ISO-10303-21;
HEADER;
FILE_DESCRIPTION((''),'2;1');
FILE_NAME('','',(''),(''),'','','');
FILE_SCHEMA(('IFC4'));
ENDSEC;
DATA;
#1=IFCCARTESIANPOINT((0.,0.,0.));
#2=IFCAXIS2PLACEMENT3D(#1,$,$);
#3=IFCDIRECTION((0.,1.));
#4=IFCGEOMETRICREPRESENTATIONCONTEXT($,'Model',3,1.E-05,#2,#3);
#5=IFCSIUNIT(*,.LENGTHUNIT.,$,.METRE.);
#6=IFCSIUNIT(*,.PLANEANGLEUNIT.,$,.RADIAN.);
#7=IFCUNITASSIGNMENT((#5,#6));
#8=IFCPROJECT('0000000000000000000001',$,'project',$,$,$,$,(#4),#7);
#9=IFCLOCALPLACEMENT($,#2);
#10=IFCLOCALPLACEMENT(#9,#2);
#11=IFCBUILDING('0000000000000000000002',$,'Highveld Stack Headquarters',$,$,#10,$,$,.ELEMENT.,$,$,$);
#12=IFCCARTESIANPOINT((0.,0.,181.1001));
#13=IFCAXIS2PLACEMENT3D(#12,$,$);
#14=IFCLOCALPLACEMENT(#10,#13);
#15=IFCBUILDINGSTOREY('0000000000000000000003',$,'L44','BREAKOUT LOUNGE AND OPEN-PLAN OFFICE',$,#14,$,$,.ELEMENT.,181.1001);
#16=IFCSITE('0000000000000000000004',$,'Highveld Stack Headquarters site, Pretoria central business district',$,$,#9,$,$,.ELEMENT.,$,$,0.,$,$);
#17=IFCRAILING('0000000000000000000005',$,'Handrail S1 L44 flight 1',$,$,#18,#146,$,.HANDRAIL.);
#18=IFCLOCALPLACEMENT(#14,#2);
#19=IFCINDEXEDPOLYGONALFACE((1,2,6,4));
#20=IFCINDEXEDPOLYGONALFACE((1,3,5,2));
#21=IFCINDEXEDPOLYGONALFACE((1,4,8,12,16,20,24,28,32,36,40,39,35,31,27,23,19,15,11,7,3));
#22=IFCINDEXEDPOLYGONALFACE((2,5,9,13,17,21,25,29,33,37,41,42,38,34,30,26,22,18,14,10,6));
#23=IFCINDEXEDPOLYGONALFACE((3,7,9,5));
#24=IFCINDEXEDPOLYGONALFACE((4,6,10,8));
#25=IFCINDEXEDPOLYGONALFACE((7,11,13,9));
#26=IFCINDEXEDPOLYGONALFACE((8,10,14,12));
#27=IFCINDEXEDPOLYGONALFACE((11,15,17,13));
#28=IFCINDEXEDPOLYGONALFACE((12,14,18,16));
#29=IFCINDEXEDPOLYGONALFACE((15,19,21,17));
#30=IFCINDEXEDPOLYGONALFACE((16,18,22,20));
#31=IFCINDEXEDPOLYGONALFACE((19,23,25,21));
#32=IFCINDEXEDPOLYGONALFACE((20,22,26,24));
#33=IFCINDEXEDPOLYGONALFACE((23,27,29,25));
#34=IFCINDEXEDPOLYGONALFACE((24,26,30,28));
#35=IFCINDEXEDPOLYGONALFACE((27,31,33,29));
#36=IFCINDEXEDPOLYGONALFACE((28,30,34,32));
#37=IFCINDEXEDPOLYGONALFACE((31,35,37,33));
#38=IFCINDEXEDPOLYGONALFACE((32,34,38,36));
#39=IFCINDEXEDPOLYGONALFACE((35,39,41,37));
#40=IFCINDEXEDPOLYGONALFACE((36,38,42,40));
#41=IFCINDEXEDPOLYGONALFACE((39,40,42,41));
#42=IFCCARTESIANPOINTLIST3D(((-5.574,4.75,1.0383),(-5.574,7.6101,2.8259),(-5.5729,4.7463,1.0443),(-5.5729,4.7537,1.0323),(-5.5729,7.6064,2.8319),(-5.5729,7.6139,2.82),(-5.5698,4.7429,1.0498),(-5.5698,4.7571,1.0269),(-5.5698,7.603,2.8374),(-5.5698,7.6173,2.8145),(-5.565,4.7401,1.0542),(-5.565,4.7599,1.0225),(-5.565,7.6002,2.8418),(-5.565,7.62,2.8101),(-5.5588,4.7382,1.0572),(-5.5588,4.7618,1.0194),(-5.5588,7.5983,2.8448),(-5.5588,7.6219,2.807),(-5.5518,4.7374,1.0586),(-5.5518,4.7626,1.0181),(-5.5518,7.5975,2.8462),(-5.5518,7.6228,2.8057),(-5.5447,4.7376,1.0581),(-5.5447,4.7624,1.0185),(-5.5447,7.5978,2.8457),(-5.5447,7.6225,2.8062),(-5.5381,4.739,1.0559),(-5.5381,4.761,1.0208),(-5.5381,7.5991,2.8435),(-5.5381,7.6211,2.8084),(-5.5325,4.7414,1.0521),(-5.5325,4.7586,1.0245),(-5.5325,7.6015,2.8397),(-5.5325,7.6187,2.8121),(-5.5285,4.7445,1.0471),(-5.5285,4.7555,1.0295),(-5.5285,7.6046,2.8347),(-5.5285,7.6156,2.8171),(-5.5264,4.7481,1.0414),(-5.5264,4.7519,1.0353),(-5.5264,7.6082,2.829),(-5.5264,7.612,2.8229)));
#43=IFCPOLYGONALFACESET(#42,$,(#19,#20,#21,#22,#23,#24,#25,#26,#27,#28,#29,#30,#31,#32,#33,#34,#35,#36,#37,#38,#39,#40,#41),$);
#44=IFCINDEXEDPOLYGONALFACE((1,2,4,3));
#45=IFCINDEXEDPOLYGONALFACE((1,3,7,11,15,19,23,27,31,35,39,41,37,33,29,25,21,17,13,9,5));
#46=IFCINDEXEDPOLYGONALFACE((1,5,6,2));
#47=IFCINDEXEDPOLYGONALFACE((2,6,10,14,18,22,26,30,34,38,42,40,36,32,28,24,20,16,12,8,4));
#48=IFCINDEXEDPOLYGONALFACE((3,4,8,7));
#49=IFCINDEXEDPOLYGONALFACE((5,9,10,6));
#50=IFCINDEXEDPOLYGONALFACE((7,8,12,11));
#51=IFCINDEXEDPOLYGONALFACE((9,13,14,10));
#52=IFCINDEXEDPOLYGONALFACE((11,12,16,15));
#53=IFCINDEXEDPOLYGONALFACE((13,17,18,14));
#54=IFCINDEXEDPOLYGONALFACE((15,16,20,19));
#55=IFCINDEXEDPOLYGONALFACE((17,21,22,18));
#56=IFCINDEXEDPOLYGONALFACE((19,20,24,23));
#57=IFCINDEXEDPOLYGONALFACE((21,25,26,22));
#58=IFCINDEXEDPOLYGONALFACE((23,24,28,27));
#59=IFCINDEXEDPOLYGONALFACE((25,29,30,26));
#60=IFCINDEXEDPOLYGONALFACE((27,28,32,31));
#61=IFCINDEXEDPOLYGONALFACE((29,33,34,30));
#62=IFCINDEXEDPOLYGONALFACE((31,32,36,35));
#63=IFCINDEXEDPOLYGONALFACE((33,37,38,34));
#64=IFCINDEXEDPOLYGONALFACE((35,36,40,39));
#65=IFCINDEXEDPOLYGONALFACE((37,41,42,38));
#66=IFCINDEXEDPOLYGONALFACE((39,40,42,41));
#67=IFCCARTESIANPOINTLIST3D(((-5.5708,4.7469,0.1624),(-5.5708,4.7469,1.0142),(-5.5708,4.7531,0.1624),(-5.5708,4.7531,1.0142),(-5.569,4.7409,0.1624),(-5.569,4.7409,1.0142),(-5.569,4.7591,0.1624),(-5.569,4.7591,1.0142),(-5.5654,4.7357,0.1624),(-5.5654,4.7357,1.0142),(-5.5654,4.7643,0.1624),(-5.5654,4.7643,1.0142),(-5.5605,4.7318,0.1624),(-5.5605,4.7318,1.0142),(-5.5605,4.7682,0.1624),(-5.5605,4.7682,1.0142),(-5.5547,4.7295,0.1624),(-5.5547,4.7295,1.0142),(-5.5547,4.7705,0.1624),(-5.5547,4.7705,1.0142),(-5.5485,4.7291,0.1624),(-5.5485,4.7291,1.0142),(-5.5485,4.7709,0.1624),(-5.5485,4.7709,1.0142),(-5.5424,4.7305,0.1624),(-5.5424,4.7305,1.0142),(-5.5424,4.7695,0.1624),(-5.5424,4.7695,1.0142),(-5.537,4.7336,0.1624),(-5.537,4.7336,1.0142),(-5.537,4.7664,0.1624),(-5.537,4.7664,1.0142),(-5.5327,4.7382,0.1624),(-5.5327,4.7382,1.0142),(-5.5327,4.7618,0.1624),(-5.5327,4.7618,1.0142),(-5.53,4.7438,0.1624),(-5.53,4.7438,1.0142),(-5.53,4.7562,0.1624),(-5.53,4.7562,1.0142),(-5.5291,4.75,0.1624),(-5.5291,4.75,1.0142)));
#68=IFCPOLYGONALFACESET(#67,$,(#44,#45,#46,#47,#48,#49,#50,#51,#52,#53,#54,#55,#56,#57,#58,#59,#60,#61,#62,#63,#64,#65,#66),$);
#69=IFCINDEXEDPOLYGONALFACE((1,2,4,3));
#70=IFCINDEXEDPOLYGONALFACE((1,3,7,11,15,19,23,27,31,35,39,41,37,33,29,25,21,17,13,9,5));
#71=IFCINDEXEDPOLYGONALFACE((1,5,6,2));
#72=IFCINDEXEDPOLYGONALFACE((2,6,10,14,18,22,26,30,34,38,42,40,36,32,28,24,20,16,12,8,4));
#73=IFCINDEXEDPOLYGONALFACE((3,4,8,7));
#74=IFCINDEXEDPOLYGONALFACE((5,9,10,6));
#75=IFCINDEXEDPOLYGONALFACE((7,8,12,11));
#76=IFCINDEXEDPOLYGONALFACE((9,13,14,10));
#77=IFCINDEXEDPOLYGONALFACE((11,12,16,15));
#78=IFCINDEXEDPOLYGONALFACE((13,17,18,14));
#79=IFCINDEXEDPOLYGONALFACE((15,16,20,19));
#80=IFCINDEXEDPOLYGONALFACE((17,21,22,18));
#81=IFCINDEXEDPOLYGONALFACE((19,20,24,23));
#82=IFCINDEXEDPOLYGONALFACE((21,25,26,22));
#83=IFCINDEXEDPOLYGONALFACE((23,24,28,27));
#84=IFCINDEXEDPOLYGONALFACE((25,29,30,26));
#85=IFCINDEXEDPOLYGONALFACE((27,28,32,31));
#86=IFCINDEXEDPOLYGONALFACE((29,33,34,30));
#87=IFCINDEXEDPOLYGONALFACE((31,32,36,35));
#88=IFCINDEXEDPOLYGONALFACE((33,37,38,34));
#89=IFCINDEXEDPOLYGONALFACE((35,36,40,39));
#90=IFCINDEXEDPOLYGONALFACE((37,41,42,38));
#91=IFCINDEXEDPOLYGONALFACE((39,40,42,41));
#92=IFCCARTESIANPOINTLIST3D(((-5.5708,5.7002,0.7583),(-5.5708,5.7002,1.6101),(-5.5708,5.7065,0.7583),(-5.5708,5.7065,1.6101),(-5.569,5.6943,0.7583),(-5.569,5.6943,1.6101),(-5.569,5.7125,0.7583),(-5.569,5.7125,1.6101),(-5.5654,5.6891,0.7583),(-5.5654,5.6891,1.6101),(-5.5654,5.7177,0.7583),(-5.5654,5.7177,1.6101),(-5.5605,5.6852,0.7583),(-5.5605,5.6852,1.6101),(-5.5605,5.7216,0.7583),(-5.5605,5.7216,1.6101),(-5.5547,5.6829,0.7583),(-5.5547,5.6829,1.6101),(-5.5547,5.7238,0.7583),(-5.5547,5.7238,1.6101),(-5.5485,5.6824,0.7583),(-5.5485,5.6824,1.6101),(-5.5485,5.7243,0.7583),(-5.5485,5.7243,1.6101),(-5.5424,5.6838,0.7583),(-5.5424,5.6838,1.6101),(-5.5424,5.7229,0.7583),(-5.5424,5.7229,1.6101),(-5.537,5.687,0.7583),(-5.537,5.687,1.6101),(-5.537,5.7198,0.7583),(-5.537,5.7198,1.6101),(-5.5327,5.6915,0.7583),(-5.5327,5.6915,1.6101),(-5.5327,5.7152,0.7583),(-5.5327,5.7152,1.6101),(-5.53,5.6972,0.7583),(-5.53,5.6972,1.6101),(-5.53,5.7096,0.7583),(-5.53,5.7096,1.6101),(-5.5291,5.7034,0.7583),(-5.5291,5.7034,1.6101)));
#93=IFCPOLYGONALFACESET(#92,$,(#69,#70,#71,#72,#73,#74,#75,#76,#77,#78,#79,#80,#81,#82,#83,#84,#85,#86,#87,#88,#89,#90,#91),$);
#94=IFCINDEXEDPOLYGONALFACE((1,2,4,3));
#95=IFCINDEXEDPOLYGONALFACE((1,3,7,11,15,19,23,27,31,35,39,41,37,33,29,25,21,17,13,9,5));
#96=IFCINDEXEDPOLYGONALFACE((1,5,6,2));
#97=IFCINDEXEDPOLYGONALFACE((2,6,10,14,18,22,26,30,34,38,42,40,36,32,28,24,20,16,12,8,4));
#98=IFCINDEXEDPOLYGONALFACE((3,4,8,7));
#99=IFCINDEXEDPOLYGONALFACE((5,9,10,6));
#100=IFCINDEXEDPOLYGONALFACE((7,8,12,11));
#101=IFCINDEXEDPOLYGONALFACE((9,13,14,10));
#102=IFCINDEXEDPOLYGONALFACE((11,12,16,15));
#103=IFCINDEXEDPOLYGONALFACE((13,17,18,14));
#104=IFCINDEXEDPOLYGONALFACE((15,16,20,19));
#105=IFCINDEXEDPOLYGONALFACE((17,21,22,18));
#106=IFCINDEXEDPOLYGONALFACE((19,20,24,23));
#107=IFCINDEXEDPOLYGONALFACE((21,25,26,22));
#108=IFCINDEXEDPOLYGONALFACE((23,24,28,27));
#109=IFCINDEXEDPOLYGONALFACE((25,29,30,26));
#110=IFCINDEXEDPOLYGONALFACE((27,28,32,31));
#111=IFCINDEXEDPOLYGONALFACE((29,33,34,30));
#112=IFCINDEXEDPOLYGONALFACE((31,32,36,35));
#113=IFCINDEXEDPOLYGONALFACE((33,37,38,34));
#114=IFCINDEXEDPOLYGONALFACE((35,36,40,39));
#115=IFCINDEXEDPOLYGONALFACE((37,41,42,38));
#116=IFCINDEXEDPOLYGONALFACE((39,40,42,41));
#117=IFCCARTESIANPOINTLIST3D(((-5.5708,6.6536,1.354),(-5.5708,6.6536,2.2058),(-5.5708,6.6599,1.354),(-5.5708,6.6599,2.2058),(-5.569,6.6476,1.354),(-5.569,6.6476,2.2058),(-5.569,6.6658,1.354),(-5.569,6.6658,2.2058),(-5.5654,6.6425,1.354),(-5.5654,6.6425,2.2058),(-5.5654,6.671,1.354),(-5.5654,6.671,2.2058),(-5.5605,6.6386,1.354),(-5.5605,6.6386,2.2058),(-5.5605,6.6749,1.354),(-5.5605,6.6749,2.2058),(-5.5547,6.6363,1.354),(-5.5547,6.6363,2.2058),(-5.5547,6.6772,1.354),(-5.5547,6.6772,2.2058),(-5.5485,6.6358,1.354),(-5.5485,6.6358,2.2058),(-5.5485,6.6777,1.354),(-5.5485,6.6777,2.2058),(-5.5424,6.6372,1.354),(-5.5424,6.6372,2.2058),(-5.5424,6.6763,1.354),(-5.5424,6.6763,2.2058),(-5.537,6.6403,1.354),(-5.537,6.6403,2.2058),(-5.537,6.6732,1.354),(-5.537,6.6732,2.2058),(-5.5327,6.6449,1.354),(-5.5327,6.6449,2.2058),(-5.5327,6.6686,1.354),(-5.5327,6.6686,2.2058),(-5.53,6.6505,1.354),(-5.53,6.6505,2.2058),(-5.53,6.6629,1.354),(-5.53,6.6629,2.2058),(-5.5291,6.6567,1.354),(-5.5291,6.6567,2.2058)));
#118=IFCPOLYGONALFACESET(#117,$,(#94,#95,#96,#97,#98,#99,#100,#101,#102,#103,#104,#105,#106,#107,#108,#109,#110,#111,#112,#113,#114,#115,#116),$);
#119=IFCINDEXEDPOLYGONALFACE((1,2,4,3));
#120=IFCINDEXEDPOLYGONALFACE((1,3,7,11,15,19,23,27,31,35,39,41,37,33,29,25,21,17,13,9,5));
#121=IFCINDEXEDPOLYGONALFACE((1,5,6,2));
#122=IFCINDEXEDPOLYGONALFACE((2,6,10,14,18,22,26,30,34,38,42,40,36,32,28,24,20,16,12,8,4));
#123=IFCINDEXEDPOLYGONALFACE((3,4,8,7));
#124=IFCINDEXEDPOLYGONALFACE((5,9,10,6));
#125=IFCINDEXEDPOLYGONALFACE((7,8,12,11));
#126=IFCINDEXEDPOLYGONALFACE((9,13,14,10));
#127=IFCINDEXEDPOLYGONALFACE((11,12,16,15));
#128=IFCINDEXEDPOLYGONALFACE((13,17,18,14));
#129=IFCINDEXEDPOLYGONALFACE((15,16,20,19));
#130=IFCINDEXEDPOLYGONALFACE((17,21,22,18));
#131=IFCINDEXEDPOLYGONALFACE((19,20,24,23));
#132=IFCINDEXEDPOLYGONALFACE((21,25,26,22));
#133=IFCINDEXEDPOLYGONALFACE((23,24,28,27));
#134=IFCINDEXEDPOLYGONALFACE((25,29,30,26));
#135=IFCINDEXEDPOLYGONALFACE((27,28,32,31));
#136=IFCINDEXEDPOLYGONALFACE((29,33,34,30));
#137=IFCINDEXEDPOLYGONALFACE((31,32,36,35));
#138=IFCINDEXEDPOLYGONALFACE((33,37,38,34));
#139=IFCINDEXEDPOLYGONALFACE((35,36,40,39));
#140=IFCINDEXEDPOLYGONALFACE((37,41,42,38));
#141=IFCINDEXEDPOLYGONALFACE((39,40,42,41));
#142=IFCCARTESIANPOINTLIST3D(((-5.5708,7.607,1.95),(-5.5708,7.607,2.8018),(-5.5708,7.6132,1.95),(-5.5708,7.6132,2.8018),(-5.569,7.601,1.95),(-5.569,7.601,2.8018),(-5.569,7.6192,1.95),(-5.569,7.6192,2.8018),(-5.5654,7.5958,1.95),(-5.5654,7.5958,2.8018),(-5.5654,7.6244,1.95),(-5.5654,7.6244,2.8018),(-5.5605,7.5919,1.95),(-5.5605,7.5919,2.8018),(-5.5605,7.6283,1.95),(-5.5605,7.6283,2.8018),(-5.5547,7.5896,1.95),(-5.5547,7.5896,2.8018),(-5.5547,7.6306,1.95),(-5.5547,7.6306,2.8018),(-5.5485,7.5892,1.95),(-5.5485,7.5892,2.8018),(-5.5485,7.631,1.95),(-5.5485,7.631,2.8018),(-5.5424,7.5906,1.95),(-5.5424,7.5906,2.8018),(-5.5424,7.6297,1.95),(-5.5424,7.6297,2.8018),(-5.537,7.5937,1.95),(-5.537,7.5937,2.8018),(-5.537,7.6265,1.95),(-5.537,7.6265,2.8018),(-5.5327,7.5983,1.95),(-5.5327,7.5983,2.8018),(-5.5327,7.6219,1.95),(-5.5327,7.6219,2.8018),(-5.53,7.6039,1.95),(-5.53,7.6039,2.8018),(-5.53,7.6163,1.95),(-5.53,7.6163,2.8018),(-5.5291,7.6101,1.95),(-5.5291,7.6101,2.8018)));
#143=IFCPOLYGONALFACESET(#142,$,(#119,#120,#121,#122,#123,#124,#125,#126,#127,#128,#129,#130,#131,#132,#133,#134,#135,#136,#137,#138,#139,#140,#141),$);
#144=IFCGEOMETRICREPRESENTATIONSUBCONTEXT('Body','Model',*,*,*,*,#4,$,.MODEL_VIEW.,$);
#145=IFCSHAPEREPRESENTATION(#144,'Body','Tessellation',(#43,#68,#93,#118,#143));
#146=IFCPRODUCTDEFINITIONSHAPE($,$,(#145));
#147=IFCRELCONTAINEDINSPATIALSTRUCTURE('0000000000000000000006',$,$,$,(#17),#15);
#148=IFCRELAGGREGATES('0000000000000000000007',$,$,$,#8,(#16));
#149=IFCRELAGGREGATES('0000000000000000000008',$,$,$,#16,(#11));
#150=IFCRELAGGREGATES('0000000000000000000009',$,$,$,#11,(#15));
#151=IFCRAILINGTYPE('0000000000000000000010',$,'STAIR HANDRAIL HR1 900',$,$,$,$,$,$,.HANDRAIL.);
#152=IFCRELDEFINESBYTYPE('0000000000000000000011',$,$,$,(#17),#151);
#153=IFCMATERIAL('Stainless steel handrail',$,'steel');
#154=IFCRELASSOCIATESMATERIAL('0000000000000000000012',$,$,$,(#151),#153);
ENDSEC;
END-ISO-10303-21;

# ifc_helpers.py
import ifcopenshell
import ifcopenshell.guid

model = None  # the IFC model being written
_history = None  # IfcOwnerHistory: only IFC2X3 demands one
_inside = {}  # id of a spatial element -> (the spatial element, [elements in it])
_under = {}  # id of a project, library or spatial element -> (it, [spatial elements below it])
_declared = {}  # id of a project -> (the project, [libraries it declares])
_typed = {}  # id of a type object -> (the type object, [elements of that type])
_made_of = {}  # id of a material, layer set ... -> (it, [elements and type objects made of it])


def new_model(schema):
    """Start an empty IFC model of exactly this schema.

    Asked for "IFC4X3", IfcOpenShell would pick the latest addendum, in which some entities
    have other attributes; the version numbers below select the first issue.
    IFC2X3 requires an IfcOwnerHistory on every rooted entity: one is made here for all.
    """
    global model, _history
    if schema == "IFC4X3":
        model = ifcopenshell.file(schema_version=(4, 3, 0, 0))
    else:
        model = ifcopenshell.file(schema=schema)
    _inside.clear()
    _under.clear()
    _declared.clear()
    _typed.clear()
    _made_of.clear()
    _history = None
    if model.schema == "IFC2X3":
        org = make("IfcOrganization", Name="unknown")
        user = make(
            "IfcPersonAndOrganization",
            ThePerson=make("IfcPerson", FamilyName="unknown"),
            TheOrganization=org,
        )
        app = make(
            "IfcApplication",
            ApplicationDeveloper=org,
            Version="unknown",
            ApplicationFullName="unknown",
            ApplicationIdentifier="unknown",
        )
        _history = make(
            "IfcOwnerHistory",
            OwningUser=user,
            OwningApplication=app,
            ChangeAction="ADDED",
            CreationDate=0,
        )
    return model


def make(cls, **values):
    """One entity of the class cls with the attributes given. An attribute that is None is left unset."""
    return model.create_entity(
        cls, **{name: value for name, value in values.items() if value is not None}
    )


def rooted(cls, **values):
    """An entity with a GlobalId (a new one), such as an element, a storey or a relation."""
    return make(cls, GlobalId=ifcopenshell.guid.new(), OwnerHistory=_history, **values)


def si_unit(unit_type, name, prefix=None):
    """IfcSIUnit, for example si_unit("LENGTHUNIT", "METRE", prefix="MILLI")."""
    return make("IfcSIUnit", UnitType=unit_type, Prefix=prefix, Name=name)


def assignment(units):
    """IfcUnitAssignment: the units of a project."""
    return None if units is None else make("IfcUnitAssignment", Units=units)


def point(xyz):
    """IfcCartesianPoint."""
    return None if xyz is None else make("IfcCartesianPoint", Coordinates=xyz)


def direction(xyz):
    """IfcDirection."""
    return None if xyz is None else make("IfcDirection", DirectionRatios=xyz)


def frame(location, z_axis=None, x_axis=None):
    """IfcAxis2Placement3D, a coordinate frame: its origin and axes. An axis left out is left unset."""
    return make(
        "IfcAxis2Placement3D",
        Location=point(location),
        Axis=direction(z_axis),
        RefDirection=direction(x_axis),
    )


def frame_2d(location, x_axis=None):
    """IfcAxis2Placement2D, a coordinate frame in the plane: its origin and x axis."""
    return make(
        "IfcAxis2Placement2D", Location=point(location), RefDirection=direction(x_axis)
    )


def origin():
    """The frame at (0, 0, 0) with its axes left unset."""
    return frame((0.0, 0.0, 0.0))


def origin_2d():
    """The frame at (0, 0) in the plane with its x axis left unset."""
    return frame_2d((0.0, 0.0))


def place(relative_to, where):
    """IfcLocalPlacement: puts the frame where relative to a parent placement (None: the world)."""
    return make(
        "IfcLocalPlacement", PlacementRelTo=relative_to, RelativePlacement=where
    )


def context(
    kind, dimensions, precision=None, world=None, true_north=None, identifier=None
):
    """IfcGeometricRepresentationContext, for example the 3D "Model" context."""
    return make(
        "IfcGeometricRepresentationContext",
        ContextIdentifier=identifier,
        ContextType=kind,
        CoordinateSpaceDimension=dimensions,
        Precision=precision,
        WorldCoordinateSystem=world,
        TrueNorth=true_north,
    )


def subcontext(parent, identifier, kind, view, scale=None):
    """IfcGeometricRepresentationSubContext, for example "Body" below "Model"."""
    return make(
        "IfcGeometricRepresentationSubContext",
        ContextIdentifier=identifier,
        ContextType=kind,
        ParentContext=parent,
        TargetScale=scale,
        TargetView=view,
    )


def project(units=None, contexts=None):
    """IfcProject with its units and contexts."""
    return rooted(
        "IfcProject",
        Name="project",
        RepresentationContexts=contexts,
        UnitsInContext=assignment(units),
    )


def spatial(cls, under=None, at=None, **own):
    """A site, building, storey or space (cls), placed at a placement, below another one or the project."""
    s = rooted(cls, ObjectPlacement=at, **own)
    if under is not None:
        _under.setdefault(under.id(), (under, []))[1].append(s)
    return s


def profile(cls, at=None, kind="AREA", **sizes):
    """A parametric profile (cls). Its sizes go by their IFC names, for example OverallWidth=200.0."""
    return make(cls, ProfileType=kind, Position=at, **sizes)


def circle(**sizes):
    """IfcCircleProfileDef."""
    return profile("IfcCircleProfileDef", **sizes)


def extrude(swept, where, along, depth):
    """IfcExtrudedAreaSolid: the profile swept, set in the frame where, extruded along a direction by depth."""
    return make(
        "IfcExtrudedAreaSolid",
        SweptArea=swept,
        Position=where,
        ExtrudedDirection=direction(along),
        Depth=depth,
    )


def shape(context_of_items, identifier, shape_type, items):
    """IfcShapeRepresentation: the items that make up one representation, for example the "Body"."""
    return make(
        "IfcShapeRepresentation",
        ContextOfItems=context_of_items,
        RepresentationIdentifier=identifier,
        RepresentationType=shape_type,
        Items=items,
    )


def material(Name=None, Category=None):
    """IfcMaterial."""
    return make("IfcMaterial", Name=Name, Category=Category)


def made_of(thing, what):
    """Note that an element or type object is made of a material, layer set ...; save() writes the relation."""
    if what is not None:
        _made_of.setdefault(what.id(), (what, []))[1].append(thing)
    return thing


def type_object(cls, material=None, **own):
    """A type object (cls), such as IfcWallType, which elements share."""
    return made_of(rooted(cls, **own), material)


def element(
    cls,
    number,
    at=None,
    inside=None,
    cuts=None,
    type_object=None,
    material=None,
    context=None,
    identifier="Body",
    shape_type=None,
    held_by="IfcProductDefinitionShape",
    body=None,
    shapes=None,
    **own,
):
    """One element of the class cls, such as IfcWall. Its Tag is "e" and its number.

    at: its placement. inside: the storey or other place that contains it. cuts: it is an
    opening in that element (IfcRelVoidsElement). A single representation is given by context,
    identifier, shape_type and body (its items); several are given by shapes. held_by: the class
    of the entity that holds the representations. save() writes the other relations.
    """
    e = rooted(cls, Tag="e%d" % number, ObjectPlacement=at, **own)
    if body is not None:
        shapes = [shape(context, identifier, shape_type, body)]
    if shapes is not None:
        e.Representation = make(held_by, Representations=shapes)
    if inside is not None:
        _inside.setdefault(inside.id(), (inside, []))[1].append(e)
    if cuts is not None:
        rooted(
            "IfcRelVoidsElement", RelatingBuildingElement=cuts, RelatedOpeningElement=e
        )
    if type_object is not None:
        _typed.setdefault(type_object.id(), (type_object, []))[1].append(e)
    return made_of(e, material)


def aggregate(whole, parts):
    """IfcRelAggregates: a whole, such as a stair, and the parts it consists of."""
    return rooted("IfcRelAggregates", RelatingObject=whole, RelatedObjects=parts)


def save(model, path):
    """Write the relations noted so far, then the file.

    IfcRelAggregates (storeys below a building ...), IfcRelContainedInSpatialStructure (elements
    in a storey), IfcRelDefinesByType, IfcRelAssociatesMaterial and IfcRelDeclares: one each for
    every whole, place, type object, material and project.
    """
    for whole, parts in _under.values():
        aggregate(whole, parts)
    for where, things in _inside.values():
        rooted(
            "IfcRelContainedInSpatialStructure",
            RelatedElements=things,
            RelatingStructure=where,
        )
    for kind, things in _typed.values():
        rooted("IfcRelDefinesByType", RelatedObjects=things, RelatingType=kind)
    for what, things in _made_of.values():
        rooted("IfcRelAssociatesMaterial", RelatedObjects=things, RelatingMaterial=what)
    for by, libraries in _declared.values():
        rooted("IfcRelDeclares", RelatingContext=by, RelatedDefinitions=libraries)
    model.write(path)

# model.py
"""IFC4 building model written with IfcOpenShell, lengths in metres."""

from ifc_helpers import new_model, si_unit, direction, frame, origin, origin_2d, place, context, subcontext, project, spatial, circle, extrude, material, type_object, element, save


model = new_model("IFC4")

# Units and contexts
model_context = context("Model", 3, precision=1e-05, world=origin(), true_north=direction((0.0, 1.0)))
body_context = subcontext(model_context, "Body", "Model", "MODEL_VIEW")
ifc_project = project(units=[si_unit("LENGTHUNIT", "METRE"), si_unit("PLANEANGLEUNIT", "RADIAN")], contexts=[model_context])

# Site, building, storey
site_placement = place(None, origin())
site = spatial("IfcSite", under=ifc_project, at=site_placement, Name="Highveld Stack Headquarters site, Pretoria central business district", CompositionType="ELEMENT", RefElevation=0.0)
building_placement = place(site_placement, origin())
building = spatial("IfcBuilding", under=site, at=building_placement, Name="Highveld Stack Headquarters", CompositionType="ELEMENT")
storey_placement = place(building_placement, frame((0.0, 0.0, 181.1001)))
storey = spatial("IfcBuildingStorey", under=building, at=storey_placement, Name="L44", Description="BREAKOUT LOUNGE AND OPEN-PLAN OFFICE", CompositionType="ELEMENT", Elevation=181.1001)

# Railing
ifc_material_1 = material(Name="Stainless steel handrail", Category="steel")
railing_type = type_object("IfcRailingType", Name="STAIR HANDRAIL HR1 900", PredefinedType="HANDRAIL", material=ifc_material_1)
for number, where, name in (
    (1, (-5.55, 4.75, 0.1624), "Handrail S1 L44 flight 1"),
):
    element("IfcRailing", number, at=place(storey_placement, frame(where)), inside=storey, type_object=railing_type, Name=name, PredefinedType="HANDRAIL", context=body_context, shape_type="SweptSolid", body=[
        extrude(circle(Radius=0.0239, at=origin_2d()), frame((0.0, 0.0, 0.876), z_axis=(0.0, 0.847994, 0.530005), x_axis=(-1.0, 0.0, 0.0)), (0.0, 0.0, 1.0), 3.3728),
        extrude(circle(Radius=0.021, at=origin_2d()), origin(), (0.0, 0.0, 1.0), 0.8518),
        extrude(circle(Radius=0.021, at=origin_2d()), frame((0.0, 0.9534, 0.5959)), (0.0, 0.0, 1.0), 0.8518),
        extrude(circle(Radius=0.021, at=origin_2d()), frame((0.0, 1.9067, 1.1917)), (0.0, 0.0, 1.0), 0.8518),
        extrude(circle(Radius=0.021, at=origin_2d()), frame((0.0, 2.8601, 1.7876)), (0.0, 0.0, 1.0), 0.8518),
    ])

save(model, "model.ifc")
